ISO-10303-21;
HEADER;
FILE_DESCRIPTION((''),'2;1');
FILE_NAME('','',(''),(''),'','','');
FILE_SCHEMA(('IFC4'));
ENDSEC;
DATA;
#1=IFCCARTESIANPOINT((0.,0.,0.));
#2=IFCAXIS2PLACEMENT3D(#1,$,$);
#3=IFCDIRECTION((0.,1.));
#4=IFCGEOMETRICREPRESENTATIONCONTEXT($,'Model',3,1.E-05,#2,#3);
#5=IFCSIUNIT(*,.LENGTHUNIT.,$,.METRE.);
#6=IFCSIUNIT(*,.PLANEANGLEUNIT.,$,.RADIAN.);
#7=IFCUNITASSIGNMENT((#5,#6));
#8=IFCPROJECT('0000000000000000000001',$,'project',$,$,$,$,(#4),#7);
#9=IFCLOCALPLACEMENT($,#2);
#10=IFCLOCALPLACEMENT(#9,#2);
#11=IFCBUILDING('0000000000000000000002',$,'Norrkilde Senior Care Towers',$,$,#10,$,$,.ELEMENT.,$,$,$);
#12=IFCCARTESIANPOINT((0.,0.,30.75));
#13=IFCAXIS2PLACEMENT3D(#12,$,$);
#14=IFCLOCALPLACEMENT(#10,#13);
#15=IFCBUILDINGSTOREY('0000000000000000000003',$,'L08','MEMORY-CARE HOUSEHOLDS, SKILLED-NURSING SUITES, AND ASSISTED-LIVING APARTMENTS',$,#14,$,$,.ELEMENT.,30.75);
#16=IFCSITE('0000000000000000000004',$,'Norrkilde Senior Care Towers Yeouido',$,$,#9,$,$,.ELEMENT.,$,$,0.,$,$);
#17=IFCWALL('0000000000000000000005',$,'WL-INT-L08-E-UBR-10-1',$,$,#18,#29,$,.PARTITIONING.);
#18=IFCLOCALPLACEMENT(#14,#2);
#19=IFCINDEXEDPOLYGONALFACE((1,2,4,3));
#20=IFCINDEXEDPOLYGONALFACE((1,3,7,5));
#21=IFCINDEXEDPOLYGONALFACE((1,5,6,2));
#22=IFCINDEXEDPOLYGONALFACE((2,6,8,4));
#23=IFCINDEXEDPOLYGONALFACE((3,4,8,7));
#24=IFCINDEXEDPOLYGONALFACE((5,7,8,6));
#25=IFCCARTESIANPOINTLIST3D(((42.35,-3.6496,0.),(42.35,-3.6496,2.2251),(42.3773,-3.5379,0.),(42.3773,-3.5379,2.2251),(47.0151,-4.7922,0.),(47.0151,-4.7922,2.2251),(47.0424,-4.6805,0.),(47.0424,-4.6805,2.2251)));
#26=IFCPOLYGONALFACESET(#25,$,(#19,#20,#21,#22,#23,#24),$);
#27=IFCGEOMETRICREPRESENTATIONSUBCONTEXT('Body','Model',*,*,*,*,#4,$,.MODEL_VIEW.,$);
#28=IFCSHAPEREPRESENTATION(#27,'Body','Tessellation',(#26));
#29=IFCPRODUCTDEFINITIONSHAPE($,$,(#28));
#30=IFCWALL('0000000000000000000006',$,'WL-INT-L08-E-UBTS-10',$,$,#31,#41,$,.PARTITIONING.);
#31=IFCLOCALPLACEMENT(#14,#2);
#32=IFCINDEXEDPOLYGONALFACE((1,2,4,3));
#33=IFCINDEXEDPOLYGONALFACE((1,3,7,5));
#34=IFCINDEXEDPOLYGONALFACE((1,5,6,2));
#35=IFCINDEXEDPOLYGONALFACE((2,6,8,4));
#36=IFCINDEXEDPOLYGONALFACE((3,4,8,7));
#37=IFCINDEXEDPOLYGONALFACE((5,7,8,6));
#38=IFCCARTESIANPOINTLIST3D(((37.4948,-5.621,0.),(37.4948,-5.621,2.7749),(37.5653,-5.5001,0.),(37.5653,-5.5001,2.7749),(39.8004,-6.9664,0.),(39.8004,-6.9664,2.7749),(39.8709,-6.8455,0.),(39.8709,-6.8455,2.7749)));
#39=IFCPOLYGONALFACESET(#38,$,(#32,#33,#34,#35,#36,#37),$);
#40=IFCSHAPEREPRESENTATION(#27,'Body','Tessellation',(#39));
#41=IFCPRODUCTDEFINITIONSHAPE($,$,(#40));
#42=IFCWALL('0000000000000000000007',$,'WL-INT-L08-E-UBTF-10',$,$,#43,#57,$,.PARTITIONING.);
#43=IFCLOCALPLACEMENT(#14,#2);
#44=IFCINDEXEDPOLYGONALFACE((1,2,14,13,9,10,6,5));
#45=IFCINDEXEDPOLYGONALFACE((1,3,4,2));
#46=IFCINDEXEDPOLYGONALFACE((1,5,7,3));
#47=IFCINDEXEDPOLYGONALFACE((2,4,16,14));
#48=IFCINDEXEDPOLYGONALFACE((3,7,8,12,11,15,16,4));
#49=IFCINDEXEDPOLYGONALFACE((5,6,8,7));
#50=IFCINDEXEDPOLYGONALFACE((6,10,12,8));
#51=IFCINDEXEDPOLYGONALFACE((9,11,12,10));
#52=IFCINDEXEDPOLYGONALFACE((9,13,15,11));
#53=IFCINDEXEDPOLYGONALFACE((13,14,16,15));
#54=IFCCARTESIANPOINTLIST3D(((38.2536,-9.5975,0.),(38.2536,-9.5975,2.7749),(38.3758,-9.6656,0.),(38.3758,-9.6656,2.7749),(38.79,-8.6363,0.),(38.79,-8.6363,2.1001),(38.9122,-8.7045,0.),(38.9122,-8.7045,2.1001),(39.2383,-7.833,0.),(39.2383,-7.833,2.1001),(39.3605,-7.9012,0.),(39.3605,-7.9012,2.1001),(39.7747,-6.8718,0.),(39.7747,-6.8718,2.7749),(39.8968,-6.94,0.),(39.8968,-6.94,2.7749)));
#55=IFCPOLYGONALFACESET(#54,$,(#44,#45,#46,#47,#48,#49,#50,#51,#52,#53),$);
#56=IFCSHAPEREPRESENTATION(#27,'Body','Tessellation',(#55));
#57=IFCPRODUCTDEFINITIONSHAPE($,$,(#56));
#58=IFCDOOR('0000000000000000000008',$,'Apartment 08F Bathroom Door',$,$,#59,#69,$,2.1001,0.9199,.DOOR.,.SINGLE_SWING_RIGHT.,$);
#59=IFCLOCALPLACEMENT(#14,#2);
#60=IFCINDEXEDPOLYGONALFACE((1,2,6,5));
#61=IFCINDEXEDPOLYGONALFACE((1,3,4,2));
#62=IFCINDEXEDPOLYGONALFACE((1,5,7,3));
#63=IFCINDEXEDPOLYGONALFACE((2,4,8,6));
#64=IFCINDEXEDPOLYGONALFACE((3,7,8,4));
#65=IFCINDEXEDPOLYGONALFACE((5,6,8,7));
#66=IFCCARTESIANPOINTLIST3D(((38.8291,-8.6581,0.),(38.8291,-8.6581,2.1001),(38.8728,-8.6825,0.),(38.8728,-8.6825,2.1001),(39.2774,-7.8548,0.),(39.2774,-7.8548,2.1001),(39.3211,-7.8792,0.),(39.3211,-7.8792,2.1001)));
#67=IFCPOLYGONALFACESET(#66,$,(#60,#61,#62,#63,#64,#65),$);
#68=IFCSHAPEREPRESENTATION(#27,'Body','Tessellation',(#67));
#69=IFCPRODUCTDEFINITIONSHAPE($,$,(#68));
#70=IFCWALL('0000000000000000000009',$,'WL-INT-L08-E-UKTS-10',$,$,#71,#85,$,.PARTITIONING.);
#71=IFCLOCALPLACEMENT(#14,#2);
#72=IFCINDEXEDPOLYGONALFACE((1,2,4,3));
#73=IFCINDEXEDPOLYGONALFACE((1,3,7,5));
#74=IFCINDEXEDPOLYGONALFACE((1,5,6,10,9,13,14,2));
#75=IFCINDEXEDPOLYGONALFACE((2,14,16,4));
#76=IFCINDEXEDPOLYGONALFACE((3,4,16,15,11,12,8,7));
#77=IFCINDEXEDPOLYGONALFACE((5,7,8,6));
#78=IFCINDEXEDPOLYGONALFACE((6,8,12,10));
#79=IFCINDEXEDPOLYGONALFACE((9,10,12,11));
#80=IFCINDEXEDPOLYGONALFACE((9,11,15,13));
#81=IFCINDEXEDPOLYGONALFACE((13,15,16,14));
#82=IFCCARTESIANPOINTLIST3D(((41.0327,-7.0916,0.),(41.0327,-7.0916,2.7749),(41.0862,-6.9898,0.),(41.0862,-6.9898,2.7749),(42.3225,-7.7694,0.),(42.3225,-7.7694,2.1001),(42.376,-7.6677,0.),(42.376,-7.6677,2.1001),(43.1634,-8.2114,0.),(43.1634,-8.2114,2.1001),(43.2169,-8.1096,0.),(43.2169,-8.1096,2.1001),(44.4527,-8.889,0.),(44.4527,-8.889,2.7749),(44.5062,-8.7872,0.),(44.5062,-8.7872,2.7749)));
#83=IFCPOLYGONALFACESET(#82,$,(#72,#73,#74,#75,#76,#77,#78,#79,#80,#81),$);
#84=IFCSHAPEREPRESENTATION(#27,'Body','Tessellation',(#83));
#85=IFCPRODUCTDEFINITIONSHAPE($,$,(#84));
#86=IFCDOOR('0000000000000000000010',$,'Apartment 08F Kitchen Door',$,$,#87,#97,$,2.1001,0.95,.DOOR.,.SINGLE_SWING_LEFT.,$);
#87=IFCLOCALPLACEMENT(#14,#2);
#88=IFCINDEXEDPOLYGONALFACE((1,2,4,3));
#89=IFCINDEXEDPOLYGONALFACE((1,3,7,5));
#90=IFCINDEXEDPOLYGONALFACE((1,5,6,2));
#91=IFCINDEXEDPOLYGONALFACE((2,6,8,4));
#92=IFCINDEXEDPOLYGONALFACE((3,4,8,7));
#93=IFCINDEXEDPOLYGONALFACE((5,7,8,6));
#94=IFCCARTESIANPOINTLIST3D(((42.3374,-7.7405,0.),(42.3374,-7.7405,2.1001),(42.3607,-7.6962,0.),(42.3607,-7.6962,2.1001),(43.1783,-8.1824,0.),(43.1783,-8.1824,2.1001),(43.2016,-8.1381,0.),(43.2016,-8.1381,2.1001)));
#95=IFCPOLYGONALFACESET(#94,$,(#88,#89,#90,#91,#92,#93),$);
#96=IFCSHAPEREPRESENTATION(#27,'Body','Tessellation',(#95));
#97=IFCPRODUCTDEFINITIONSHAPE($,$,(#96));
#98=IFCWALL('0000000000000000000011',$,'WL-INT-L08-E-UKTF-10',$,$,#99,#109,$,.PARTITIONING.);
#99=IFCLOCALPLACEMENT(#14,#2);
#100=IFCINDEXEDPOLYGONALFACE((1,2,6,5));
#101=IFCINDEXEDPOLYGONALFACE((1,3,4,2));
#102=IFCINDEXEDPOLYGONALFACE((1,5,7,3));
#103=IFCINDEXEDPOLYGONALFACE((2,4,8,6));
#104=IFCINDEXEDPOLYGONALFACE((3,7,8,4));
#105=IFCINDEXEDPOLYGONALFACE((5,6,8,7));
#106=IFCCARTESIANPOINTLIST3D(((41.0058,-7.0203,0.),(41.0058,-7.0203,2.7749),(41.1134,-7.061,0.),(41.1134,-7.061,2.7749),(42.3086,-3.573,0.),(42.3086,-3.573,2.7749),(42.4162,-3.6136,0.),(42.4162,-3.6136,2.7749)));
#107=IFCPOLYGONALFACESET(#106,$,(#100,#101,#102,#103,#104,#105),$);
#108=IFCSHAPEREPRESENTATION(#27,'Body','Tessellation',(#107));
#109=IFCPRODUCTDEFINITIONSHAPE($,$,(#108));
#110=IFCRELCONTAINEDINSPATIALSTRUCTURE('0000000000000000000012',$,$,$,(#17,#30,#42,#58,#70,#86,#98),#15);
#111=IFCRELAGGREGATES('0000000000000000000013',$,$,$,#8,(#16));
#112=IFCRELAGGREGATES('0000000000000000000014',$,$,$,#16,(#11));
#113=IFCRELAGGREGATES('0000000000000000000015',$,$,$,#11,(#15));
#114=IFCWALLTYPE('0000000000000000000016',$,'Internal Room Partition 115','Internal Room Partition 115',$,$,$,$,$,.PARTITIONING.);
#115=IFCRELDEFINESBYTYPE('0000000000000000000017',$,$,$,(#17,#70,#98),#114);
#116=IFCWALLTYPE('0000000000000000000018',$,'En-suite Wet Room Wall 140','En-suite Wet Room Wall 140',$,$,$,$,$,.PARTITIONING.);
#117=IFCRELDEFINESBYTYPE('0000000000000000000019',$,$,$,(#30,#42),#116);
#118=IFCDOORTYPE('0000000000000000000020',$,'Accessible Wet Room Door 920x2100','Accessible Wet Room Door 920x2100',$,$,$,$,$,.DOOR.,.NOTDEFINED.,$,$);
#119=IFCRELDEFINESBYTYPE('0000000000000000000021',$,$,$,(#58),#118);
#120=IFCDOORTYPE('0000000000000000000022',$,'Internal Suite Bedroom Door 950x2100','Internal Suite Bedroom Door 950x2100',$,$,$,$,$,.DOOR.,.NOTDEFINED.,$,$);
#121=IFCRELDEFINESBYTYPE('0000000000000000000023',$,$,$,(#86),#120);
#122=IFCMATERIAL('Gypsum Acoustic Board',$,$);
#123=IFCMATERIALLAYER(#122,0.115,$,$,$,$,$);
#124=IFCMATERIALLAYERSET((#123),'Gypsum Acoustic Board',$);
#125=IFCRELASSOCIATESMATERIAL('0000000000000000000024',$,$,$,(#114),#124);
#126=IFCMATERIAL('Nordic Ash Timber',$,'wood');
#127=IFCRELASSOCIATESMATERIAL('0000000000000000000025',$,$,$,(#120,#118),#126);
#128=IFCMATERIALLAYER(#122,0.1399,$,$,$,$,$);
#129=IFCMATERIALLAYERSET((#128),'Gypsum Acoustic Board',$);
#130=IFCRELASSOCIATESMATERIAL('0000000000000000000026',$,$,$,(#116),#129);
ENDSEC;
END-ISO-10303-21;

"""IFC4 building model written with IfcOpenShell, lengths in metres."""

from ifc_helpers import new_model, si_unit, direction, frame, frame_2d, origin, place, context, subcontext, project, spatial, rectangle, extrude, source, transform, mapped, material, layer, layer_set, type_object, type_shapes, element, fill, save


model = new_model("IFC4")

# Units and contexts
model_context = context("Model", 3, precision=1e-05, world=origin(), true_north=direction((0.0, 1.0)))
body_context = subcontext(model_context, "Body", "Model", "MODEL_VIEW")
ifc_project = project(units=[si_unit("LENGTHUNIT", "METRE"), si_unit("PLANEANGLEUNIT", "RADIAN")], contexts=[model_context])

# Site, building, storey
site_placement = place(None, origin())
site = spatial("IfcSite", under=ifc_project, at=site_placement, Name="Norrkilde Senior Care Towers Yeouido", CompositionType="ELEMENT", RefElevation=0.0)
building_placement = place(site_placement, origin())
building = spatial("IfcBuilding", under=site, at=building_placement, Name="Norrkilde Senior Care Towers", CompositionType="ELEMENT")
storey_placement = place(building_placement, frame((0.0, 0.0, 30.75)))
storey = spatial("IfcBuildingStorey", under=building, at=storey_placement, Name="L08", Description="MEMORY-CARE HOUSEHOLDS, SKILLED-NURSING SUITES, AND ASSISTED-LIVING APARTMENTS", CompositionType="ELEMENT", Elevation=30.75)

# Shared definitions
ifc_material_1 = material(Name="Gypsum Acoustic Board")
ifc_material_2 = material(Name="Nordic Ash Timber", Category="wood")

# Shared definitions
ifc_layer_1 = layer(ifc_material_1, 0.115)
ifc_layer_set_1 = layer_set([ifc_layer_1], Name="Gypsum Acoustic Board")
wall_type_1 = type_object("IfcWallType", Name="Internal Room Partition 115", Description="Internal Room Partition 115", PredefinedType="PARTITIONING", material=ifc_layer_set_1)
door_type_1 = type_object("IfcDoorType", Name="Internal Suite Bedroom Door 950x2100", Description="Internal Suite Bedroom Door 950x2100", OperationType="NOTDEFINED", PredefinedType="DOOR", material=ifc_material_2)
shared_shape_1 = source(origin(), body_context, "Body", "SweptSolid", [
    extrude(rectangle(XDim=0.95, YDim=2.1001, at=frame_2d((0.4751, 1.05))), frame((0.0, 0.0249, 0.0), z_axis=(0.0, -1.0, 0.0), x_axis=(1.0, 0.0, 0.0)), (0.0, 0.0, 1.0), 0.05),
])
type_shapes(door_type_1, [shared_shape_1])

# Walls
shared_shape_2 = source(origin(), body_context, "Body", "SweptSolid", [
    extrude(rectangle(XDim=4.803, YDim=0.115, at=frame_2d((2.4014, 0.0))), origin(), (0.0, 0.0, 1.0), 2.2251),
])
wall_1_placement = place(storey_placement, frame((42.3638, -3.5938, 0.0), z_axis=(0.0, 0.0, 1.0), x_axis=(0.971292, -0.237892, 0.0)))
element("IfcWall", 1, at=wall_1_placement, inside=storey, type_object=wall_type_1, Name="WL-INT-L08-E-UBR-10-1", PredefinedType="PARTITIONING", context=body_context, shape_type="MappedRepresentation", body=[
    mapped(shared_shape_2, transform((0.0, 0.0, 0.0), x_axis=(1.0, 0.0, 0.0), y_axis=(0.0, 1.0, 0.0), z_axis=(0.0, 0.0, 1.0), scale=1.0)),
])
ifc_layer_2 = layer(ifc_material_1, 0.1399)
ifc_layer_set_2 = layer_set([ifc_layer_2], Name="Gypsum Acoustic Board")
wall_type_2 = type_object("IfcWallType", Name="En-suite Wet Room Wall 140", Description="En-suite Wet Room Wall 140", PredefinedType="PARTITIONING", material=ifc_layer_set_2)
shared_shape_3 = source(origin(), body_context, "Body", "SweptSolid", [
    extrude(rectangle(XDim=2.6694, YDim=0.1399, at=frame_2d((1.3347, 0.0))), origin(), (0.0, 0.0, 1.0), 2.7749),
])
wall_2_placement = place(storey_placement, frame((37.53, -5.5605, 0.0), z_axis=(0.0, 0.0, 1.0), x_axis=(0.863699, -0.504007, 0.0)))
element("IfcWall", 2, at=wall_2_placement, inside=storey, type_object=wall_type_2, Name="WL-INT-L08-E-UBTS-10", PredefinedType="PARTITIONING", context=body_context, shape_type="MappedRepresentation", body=[
    mapped(shared_shape_3, transform((0.0, 0.0, 0.0), x_axis=(1.0, 0.0, 0.0), y_axis=(0.0, 1.0, 0.0), z_axis=(0.0, 0.0, 1.0), scale=1.0)),
])

# Walls, openings, doors
shared_shape_4 = source(origin(), body_context, "Body", "SweptSolid", [
    extrude(rectangle(XDim=3.1213, YDim=0.1399, at=frame_2d((1.5605, 0.0))), origin(), (0.0, 0.0, 1.0), 2.7749),
])
type_shapes(wall_type_2, [shared_shape_3, shared_shape_4])
wall_3_placement = place(storey_placement, frame((39.8357, -6.906, 0.0), z_axis=(0.0, 0.0, 1.0), x_axis=(-0.487302, -0.873233, 0.0)))
wall_3 = element("IfcWall", 3, at=wall_3_placement, inside=storey, type_object=wall_type_2, Name="WL-INT-L08-E-UBTF-10", PredefinedType="PARTITIONING", context=body_context, shape_type="MappedRepresentation", body=[
    mapped(shared_shape_4, transform((0.0, 0.0, 0.0), x_axis=(1.0, 0.0, 0.0), y_axis=(0.0, 1.0, 0.0), z_axis=(0.0, 0.0, 1.0), scale=1.0)),
])
opening_1_placement = place(wall_3_placement, frame((1.1006, 0.0, 0.0)))
opening_1 = element("IfcOpeningElement", 4, at=opening_1_placement, cuts=wall_3, PredefinedType="OPENING", context=body_context, shape_type="SweptSolid", body=[
    extrude(rectangle(XDim=0.9199, YDim=2.1001, at=frame_2d((0.46, 1.05))), frame((0.0, 0.0798, 0.0), z_axis=(0.0, -1.0, 0.0), x_axis=(1.0, 0.0, 0.0)), (0.0, 0.0, 1.0), 0.1599),
])
door_type_2 = type_object("IfcDoorType", Name="Accessible Wet Room Door 920x2100", Description="Accessible Wet Room Door 920x2100", OperationType="NOTDEFINED", PredefinedType="DOOR", material=ifc_material_2)
shared_shape_5 = source(origin(), body_context, "Body", "SweptSolid", [
    extrude(rectangle(XDim=0.9199, YDim=2.1001, at=frame_2d((0.46, 1.05))), frame((0.0, 0.0249, 0.0), z_axis=(0.0, -1.0, 0.0), x_axis=(1.0, 0.0, 0.0)), (0.0, 0.0, 1.0), 0.05),
])
type_shapes(door_type_2, [shared_shape_5])
door_1_placement = place(opening_1_placement, origin())
door_1 = element("IfcDoor", 5, at=door_1_placement, inside=storey, type_object=door_type_2, Name="Apartment 08F Bathroom Door", OperationType="SINGLE_SWING_RIGHT", OverallHeight=2.1001, OverallWidth=0.9199, PredefinedType="DOOR", context=body_context, shape_type="MappedRepresentation", body=[
    mapped(shared_shape_5, transform((0.0, 0.0, 0.0), x_axis=(1.0, 0.0, 0.0), y_axis=(0.0, 1.0, 0.0), z_axis=(0.0, 0.0, 1.0), scale=1.0)),
])
fill(opening_1, door_1)
shared_shape_6 = source(origin(), body_context, "Body", "SweptSolid", [
    extrude(rectangle(XDim=3.8635, YDim=0.115, at=frame_2d((1.9316, 0.0))), origin(), (0.0, 0.0, 1.0), 2.7749),
])
wall_4_placement = place(storey_placement, frame((41.0596, -7.0408, 0.0), z_axis=(0.0, 0.0, 1.0), x_axis=(0.885195, -0.46522, 0.0)))
wall_4 = element("IfcWall", 6, at=wall_4_placement, inside=storey, type_object=wall_type_1, Name="WL-INT-L08-E-UKTS-10", PredefinedType="PARTITIONING", context=body_context, shape_type="MappedRepresentation", body=[
    mapped(shared_shape_6, transform((0.0, 0.0, 0.0), x_axis=(1.0, 0.0, 0.0), y_axis=(0.0, 1.0, 0.0), z_axis=(0.0, 0.0, 1.0), scale=1.0)),
])
opening_2_placement = place(wall_4_placement, frame((1.4568, 0.0, 0.0)))
opening_2 = element("IfcOpeningElement", 7, at=opening_2_placement, cuts=wall_4, PredefinedType="OPENING", context=body_context, shape_type="SweptSolid", body=[
    extrude(rectangle(XDim=0.95, YDim=2.1001, at=frame_2d((0.4751, 1.05))), frame((0.0, 0.0674, 0.0), z_axis=(0.0, -1.0, 0.0), x_axis=(1.0, 0.0, 0.0)), (0.0, 0.0, 1.0), 0.135),
])
door_2_placement = place(opening_2_placement, frame((0.95, 0.0, 0.0), z_axis=(0.0, 0.0, 1.0), x_axis=(-1.0, 0.0, 0.0)))
door_2 = element("IfcDoor", 8, at=door_2_placement, inside=storey, type_object=door_type_1, Name="Apartment 08F Kitchen Door", OperationType="SINGLE_SWING_LEFT", OverallHeight=2.1001, OverallWidth=0.95, PredefinedType="DOOR", context=body_context, shape_type="MappedRepresentation", body=[
    mapped(shared_shape_1, transform((0.0, 0.0, 0.0), x_axis=(1.0, 0.0, 0.0), y_axis=(0.0, 1.0, 0.0), z_axis=(0.0, 0.0, 1.0), scale=1.0)),
])
fill(opening_2, door_2)

# Wall
shared_shape_7 = source(origin(), body_context, "Body", "SweptSolid", [
    extrude(rectangle(XDim=3.6853, YDim=0.115, at=frame_2d((1.8428, 0.0))), origin(), (0.0, 0.0, 1.0), 2.7749),
])
wall_5_placement = place(storey_placement, frame((41.0596, -7.0408, 0.0), z_axis=(0.0, 0.0, 1.0), x_axis=(0.353504, 0.935433, 0.0)))
element("IfcWall", 9, at=wall_5_placement, inside=storey, type_object=wall_type_1, Name="WL-INT-L08-E-UKTF-10", PredefinedType="PARTITIONING", context=body_context, shape_type="MappedRepresentation", body=[
    mapped(shared_shape_7, transform((0.0, 0.0, 0.0), x_axis=(1.0, 0.0, 0.0), y_axis=(0.0, 1.0, 0.0), z_axis=(0.0, 0.0, 1.0), scale=1.0)),
])

save(model, "model.ifc")
